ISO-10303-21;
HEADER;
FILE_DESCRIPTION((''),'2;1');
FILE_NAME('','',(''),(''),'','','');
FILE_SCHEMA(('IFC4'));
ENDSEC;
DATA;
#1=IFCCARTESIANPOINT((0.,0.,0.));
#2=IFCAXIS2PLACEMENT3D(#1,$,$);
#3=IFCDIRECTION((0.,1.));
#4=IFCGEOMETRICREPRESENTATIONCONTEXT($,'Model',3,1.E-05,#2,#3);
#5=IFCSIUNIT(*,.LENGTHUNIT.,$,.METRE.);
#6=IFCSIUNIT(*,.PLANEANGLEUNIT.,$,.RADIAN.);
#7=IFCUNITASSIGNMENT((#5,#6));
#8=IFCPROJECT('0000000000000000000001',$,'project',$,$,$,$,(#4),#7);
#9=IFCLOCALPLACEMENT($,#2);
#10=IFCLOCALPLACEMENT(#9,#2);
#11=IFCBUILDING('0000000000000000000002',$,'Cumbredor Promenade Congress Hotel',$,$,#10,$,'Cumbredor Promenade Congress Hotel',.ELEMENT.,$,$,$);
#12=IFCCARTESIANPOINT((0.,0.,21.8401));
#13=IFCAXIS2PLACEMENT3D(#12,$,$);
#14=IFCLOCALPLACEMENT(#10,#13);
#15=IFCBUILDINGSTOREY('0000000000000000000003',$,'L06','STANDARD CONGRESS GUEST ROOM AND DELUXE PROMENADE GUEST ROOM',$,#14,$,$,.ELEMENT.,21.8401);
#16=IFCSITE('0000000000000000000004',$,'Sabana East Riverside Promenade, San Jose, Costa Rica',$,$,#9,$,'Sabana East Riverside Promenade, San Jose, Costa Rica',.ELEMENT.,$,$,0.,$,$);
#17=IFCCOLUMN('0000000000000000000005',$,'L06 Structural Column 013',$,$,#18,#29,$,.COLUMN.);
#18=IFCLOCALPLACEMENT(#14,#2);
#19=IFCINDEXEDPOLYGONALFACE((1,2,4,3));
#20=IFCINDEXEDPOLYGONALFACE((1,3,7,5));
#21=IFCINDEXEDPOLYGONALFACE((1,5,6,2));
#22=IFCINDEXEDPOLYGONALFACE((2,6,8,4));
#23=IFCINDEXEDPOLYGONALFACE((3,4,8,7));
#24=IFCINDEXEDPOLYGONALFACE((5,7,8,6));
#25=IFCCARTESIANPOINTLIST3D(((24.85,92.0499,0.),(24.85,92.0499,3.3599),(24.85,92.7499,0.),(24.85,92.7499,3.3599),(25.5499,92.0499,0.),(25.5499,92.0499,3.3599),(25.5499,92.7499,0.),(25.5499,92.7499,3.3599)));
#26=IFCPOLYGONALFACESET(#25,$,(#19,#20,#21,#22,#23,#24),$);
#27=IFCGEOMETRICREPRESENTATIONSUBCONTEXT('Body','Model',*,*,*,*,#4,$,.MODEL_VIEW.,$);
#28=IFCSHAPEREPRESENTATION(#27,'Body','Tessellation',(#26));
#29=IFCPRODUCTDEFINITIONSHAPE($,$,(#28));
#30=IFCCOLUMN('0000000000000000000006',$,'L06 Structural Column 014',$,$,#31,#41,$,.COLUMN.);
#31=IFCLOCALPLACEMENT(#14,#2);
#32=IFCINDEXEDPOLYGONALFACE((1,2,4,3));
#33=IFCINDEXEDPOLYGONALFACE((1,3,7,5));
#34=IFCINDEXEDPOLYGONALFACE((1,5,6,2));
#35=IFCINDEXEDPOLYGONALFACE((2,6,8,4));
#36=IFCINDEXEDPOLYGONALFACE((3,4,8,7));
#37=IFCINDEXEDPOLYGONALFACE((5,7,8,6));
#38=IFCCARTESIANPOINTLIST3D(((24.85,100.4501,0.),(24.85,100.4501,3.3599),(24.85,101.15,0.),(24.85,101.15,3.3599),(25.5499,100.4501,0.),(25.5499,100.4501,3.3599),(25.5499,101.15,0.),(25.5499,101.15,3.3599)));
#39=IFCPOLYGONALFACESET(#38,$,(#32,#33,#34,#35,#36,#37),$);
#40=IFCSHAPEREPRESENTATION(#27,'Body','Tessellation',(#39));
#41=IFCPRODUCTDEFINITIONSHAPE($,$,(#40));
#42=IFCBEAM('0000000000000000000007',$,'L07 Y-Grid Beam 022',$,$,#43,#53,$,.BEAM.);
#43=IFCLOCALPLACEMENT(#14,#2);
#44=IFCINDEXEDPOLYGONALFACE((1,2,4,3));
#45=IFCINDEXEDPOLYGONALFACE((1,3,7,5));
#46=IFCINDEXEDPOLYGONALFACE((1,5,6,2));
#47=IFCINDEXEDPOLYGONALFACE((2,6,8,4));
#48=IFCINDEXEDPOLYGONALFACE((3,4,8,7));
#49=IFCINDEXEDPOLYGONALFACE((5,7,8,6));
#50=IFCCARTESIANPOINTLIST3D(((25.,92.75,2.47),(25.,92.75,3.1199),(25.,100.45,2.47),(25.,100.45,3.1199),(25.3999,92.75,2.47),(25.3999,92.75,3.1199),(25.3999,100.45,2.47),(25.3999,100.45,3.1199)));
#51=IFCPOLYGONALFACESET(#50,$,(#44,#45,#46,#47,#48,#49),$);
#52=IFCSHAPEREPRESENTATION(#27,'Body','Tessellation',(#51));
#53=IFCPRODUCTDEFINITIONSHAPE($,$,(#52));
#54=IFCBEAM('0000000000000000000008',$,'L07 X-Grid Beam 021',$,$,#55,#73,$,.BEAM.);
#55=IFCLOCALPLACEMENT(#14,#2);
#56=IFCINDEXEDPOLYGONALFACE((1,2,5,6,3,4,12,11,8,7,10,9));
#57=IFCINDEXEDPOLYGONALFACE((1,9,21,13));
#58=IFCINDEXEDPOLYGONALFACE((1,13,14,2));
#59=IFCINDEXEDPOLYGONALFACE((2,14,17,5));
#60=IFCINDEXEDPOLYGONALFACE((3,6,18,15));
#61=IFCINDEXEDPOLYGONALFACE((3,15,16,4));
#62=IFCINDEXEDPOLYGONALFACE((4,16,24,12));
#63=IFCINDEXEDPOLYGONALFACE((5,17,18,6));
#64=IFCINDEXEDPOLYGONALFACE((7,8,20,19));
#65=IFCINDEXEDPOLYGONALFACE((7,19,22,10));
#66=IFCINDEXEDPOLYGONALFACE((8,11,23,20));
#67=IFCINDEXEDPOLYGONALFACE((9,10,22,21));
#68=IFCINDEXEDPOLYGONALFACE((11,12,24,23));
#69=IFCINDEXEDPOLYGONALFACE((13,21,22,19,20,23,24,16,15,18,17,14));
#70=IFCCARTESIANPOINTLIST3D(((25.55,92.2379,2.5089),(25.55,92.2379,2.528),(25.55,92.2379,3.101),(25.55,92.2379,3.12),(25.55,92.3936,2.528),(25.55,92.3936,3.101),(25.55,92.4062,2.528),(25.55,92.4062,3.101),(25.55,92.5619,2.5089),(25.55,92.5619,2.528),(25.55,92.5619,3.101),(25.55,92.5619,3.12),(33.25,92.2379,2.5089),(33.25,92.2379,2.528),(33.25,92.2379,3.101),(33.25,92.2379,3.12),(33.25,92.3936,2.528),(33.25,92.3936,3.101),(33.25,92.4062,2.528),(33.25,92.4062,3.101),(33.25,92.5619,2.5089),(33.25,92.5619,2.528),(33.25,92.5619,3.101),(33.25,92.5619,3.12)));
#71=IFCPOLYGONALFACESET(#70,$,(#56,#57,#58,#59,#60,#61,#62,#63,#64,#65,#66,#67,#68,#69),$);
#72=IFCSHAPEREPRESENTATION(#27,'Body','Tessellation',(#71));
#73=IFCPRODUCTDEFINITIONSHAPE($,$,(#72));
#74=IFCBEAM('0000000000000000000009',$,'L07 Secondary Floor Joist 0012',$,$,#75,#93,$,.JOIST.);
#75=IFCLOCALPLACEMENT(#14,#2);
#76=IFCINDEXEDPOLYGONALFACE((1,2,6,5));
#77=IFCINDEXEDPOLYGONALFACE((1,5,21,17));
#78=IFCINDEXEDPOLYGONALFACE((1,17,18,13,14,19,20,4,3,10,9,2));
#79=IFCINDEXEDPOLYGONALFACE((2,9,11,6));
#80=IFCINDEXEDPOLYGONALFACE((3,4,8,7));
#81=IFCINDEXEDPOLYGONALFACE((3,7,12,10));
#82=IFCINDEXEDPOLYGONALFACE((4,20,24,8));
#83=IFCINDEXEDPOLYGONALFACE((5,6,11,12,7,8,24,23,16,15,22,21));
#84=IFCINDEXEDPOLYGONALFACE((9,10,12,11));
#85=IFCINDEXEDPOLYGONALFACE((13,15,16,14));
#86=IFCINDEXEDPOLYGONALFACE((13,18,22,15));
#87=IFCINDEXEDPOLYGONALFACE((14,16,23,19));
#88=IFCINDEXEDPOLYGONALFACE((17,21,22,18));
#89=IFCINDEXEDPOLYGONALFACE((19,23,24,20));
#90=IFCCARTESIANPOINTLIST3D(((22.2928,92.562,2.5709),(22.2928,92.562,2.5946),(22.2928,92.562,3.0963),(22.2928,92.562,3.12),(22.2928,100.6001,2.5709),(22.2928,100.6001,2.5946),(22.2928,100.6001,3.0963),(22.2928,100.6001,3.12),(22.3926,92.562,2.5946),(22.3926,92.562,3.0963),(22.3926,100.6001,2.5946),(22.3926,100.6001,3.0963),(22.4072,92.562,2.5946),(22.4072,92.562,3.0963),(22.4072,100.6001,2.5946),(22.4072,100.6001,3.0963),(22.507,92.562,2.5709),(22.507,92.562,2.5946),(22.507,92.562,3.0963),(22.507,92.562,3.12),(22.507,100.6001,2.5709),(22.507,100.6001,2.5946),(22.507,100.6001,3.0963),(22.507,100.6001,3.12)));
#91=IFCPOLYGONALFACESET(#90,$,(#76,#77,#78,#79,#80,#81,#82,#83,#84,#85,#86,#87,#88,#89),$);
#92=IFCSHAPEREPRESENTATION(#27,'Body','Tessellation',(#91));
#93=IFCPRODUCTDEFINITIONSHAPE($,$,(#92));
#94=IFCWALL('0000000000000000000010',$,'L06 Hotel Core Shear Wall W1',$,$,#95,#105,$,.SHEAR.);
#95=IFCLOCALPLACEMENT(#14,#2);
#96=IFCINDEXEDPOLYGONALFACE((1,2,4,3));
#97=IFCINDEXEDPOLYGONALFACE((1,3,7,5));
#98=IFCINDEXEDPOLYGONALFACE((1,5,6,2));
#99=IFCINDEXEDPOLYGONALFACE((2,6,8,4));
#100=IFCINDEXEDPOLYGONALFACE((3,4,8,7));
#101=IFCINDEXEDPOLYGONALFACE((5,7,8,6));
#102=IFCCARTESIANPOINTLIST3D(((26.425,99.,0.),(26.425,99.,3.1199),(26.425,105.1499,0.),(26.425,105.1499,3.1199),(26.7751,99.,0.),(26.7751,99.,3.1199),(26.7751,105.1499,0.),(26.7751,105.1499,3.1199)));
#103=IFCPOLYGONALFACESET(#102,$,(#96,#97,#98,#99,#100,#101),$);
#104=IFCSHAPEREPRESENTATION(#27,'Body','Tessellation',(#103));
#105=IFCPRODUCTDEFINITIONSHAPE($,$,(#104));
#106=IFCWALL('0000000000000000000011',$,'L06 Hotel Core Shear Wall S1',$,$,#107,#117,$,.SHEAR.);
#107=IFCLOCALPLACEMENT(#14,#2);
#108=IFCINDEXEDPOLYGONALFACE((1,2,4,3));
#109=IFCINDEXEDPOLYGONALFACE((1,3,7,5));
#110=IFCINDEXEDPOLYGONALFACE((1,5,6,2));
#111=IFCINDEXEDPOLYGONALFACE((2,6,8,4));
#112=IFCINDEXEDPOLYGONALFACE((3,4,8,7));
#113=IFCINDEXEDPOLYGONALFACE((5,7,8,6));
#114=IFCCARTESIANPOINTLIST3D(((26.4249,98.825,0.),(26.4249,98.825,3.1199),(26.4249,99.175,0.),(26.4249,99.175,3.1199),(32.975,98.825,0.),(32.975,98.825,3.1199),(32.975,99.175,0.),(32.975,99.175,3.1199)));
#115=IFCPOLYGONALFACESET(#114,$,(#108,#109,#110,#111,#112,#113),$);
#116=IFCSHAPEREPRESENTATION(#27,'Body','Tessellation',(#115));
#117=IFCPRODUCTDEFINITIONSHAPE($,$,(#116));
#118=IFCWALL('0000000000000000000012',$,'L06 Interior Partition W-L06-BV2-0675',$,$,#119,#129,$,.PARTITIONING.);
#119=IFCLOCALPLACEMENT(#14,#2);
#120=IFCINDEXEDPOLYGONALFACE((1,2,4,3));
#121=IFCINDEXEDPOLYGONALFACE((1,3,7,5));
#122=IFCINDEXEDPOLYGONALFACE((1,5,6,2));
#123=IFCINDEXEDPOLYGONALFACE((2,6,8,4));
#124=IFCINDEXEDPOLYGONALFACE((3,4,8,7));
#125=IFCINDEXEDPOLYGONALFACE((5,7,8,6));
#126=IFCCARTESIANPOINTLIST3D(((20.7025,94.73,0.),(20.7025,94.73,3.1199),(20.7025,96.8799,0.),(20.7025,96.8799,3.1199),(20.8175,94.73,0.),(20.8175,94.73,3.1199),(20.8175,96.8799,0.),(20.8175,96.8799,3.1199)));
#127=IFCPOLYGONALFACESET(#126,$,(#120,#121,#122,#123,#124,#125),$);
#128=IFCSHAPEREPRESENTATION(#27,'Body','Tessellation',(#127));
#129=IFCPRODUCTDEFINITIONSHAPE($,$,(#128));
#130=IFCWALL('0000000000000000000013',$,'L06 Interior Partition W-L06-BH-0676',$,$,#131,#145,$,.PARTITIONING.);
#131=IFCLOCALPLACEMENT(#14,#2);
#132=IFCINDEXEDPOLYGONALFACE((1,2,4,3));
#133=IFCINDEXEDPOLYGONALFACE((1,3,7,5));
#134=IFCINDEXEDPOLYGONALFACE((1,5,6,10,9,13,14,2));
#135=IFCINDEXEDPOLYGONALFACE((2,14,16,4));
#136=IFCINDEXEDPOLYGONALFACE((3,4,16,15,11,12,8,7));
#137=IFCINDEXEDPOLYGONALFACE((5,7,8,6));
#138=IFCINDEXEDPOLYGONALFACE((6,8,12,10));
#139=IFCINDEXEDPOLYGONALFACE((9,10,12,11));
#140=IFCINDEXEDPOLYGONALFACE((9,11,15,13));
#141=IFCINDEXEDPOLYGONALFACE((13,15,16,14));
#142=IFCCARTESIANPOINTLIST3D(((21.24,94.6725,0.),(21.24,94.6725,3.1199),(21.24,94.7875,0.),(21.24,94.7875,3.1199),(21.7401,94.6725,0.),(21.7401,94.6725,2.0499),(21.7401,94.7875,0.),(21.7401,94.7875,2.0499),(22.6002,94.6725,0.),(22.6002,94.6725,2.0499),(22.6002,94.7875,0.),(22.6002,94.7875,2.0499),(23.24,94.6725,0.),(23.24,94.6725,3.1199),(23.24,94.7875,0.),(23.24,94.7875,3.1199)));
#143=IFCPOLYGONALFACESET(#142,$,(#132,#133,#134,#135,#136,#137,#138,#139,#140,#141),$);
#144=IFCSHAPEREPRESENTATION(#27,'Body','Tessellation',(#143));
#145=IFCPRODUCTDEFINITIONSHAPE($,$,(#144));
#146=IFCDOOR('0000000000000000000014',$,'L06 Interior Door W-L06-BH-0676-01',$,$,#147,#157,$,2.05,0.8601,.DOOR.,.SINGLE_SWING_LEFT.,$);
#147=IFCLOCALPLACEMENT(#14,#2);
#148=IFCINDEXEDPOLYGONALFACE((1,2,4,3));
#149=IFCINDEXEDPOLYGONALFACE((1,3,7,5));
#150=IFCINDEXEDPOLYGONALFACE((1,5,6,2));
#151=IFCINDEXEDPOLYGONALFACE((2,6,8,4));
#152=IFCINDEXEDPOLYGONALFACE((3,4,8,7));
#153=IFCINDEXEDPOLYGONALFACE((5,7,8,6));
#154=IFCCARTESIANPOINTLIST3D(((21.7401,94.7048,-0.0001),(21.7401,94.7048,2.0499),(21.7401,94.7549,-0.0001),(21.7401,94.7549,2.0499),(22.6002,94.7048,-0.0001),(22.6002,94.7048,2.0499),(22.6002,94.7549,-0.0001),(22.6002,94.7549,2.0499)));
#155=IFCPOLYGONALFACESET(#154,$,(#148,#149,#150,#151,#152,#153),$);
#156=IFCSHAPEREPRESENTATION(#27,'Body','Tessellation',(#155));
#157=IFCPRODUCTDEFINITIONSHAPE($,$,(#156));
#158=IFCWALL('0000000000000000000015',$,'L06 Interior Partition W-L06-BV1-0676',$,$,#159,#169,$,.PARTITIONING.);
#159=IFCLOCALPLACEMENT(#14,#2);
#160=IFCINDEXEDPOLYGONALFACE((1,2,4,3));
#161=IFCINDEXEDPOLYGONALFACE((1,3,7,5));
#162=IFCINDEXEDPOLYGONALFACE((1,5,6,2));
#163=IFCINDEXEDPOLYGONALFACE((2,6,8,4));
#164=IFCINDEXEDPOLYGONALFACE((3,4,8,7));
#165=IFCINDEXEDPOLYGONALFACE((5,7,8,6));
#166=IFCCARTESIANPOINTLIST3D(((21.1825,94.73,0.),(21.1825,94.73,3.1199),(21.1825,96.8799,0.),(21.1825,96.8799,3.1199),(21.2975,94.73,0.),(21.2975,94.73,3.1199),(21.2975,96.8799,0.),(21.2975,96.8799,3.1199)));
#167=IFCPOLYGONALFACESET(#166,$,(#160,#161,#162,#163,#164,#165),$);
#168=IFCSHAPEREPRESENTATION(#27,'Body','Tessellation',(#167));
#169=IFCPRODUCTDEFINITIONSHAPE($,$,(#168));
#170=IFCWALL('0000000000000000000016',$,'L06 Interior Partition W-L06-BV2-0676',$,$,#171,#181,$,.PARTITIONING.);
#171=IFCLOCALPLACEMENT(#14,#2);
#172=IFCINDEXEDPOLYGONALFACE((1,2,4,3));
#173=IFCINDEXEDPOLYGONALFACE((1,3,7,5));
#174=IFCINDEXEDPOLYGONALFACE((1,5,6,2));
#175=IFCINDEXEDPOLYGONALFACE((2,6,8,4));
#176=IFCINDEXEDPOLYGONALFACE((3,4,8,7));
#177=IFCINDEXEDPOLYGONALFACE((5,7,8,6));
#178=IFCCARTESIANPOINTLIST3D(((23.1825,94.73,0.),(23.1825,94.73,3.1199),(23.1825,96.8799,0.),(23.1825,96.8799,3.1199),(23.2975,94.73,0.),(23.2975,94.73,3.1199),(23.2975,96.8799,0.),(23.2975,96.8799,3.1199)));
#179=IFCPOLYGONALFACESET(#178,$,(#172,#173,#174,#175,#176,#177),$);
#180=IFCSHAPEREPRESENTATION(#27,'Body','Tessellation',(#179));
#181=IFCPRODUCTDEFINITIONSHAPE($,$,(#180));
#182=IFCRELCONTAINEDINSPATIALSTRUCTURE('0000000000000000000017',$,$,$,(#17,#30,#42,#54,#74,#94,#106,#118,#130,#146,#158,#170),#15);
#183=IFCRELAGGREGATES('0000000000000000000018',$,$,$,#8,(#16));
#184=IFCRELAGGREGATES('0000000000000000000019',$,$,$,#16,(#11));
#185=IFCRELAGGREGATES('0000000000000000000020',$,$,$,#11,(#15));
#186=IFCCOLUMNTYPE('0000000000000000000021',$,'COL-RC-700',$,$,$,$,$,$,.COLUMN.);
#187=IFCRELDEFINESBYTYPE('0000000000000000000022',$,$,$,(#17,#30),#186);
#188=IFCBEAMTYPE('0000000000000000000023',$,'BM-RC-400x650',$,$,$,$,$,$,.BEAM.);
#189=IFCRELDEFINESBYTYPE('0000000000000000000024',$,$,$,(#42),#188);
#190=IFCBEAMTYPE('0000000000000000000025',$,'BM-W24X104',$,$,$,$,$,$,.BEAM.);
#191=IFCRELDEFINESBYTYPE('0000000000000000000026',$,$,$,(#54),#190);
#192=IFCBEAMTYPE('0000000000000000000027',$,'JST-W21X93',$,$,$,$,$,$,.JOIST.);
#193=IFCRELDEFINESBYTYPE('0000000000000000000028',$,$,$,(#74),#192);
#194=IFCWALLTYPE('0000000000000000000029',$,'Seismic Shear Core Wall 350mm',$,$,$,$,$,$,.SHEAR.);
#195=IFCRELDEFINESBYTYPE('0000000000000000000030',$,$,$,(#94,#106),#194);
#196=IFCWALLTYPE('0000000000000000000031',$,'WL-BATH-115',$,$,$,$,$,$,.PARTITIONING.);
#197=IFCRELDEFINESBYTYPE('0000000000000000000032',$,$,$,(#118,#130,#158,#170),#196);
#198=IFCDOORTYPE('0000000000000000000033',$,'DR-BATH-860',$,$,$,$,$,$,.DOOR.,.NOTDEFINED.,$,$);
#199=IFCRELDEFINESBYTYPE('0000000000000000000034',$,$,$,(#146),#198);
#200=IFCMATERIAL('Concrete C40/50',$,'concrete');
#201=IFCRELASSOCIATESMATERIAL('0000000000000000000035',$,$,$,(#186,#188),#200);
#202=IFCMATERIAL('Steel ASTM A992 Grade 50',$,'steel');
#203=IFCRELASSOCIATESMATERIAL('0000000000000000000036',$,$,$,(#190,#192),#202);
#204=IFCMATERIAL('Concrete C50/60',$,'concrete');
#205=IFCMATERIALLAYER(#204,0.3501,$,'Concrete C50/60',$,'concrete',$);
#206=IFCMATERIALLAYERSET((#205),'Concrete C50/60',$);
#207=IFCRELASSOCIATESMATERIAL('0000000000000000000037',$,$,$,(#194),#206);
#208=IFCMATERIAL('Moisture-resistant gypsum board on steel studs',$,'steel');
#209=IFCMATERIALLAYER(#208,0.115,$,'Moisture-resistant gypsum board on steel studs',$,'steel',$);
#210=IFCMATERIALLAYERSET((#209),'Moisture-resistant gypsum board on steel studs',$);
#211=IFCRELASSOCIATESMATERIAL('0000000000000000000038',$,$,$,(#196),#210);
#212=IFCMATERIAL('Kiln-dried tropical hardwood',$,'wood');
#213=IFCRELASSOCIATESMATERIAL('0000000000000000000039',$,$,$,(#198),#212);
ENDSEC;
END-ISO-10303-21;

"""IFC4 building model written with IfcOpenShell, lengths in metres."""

from ifc_helpers import new_model, si_unit, direction, frame, frame_2d, origin, origin_2d, place, context, subcontext, project, spatial, rectangle, i_section, extrude, material, layer, layer_set, material_profile, profile_set, type_object, element, fill, save


model = new_model("IFC4")

# Units and contexts
model_context = context("Model", 3, precision=1e-05, world=origin(), true_north=direction((0.0, 1.0)))
body_context = subcontext(model_context, "Body", "Model", "MODEL_VIEW")
ifc_project = project(units=[si_unit("LENGTHUNIT", "METRE"), si_unit("PLANEANGLEUNIT", "RADIAN")], contexts=[model_context])

# Site, building, storey
site_placement = place(None, origin())
site = spatial("IfcSite", under=ifc_project, at=site_placement, Name="Sabana East Riverside Promenade, San Jose, Costa Rica", LongName="Sabana East Riverside Promenade, San Jose, Costa Rica", CompositionType="ELEMENT", RefElevation=0.0)
building_placement = place(site_placement, origin())
building = spatial("IfcBuilding", under=site, at=building_placement, Name="Cumbredor Promenade Congress Hotel", LongName="Cumbredor Promenade Congress Hotel", CompositionType="ELEMENT")
storey_placement = place(building_placement, frame((0.0, 0.0, 21.8401)))
storey = spatial("IfcBuildingStorey", under=building, at=storey_placement, Name="L06", Description="STANDARD CONGRESS GUEST ROOM AND DELUXE PROMENADE GUEST ROOM", CompositionType="ELEMENT", Elevation=21.8401)

# Columns
ifc_material_1 = material(Name="Concrete C40/50", Category="concrete")
ifc_material_profile_1 = material_profile(ifc_material_1, rectangle(XDim=0.7, YDim=0.7, at=origin_2d()), Name="RC 700x700")
ifc_profile_set_1 = profile_set([ifc_material_profile_1], Name="Concrete C40/50")
column_type = type_object("IfcColumnType", Name="COL-RC-700", PredefinedType="COLUMN", material=ifc_profile_set_1)
for number, where, z_axis, x_axis, name in (
    (1, (25.2, 92.3999, 0.0), (0.0, 0.0, 1.0), (1.0, 0.0, 0.0), "L06 Structural Column 013"),
    (2, (25.2, 100.8, 0.0), (0.0, 0.0, 1.0), (1.0, 0.0, 0.0), "L06 Structural Column 014"),
):
    element("IfcColumn", number, at=place(storey_placement, frame(where, z_axis=z_axis, x_axis=x_axis)), inside=storey, type_object=column_type, Name=name, PredefinedType="COLUMN", context=body_context, shape_type="SweptSolid", body=[
        extrude(rectangle(XDim=0.7, YDim=0.7, at=origin_2d()), origin(), (0.0, 0.0, 1.0), 3.3599),
    ])

# Beams
ifc_material_profile_2 = material_profile(ifc_material_1, rectangle(XDim=0.3999, YDim=0.6499, at=origin_2d()), Name="RC BEAM 400x650")
ifc_profile_set_2 = profile_set([ifc_material_profile_2], Name="Concrete C40/50")
beam_type_1 = type_object("IfcBeamType", Name="BM-RC-400x650", PredefinedType="BEAM", material=ifc_profile_set_2)
beam_1_placement = place(storey_placement, frame((25.2, 92.75, 2.7949), z_axis=(0.0, 1.0, 0.0), x_axis=(-1.0, 0.0, 0.0)))
element("IfcBeam", 3, at=beam_1_placement, inside=storey, type_object=beam_type_1, Name="L07 Y-Grid Beam 022", PredefinedType="BEAM", context=body_context, shape_type="SweptSolid", body=[
    extrude(rectangle(XDim=0.3999, YDim=0.6499, at=origin_2d()), origin(), (0.0, 0.0, 1.0), 7.7),
])
ifc_material_2 = material(Name="Steel ASTM A992 Grade 50", Category="steel")
ifc_material_profile_3 = material_profile(ifc_material_2, i_section(OverallWidth=0.324, OverallDepth=0.6111, WebThickness=0.0127, FlangeThickness=0.019, at=origin_2d()), Name="W24X104")
ifc_profile_set_3 = profile_set([ifc_material_profile_3], Name="Steel ASTM A992 Grade 50")
beam_type_2 = type_object("IfcBeamType", Name="BM-W24X104", PredefinedType="BEAM", material=ifc_profile_set_3)
beam_2_placement = place(storey_placement, frame((25.55, 92.3999, 2.8145), z_axis=(1.0, 0.0, 0.0), x_axis=(0.0, 1.0, 0.0)))
element("IfcBeam", 4, at=beam_2_placement, inside=storey, type_object=beam_type_2, Name="L07 X-Grid Beam 021", PredefinedType="BEAM", context=body_context, shape_type="SweptSolid", body=[
    extrude(i_section(OverallWidth=0.324, OverallDepth=0.6111, WebThickness=0.0127, FlangeThickness=0.019, at=origin_2d()), origin(), (0.0, 0.0, 1.0), 7.7),
])
ifc_material_profile_4 = material_profile(ifc_material_2, i_section(OverallWidth=0.2141, OverallDepth=0.5491, WebThickness=0.0146, FlangeThickness=0.0237, at=origin_2d()), Name="W21X93")
ifc_profile_set_4 = profile_set([ifc_material_profile_4], Name="Steel ASTM A992 Grade 50")
beam_type_3 = type_object("IfcBeamType", Name="JST-W21X93", PredefinedType="JOIST", material=ifc_profile_set_4)
beam_3_placement = place(storey_placement, frame((22.3999, 92.562, 2.8455), z_axis=(0.0, 1.0, 0.0), x_axis=(-1.0, 0.0, 0.0)))
element("IfcBeam", 5, at=beam_3_placement, inside=storey, type_object=beam_type_3, Name="L07 Secondary Floor Joist 0012", PredefinedType="JOIST", context=body_context, shape_type="SweptSolid", body=[
    extrude(i_section(OverallWidth=0.2141, OverallDepth=0.5491, WebThickness=0.0146, FlangeThickness=0.0237, at=origin_2d()), origin(), (0.0, 0.0, 1.0), 8.0381),
])

# Walls
ifc_material_3 = material(Name="Concrete C50/60", Category="concrete")
ifc_layer_1 = layer(ifc_material_3, 0.3501, Name="Concrete C50/60", Category="concrete")
ifc_layer_set_1 = layer_set([ifc_layer_1], Name="Concrete C50/60")
wall_type_1 = type_object("IfcWallType", Name="Seismic Shear Core Wall 350mm", PredefinedType="SHEAR", material=ifc_layer_set_1)
wall_1_placement = place(storey_placement, frame((26.6001, 99.0, 0.0), z_axis=(0.0, 0.0, 1.0), x_axis=(0.0, 1.0, 0.0)))
element("IfcWall", 6, at=wall_1_placement, inside=storey, type_object=wall_type_1, Name="L06 Hotel Core Shear Wall W1", PredefinedType="SHEAR", context=body_context, shape_type="SweptSolid", body=[
    extrude(rectangle(XDim=6.1499, YDim=0.3501, at=frame_2d((3.075, 0.0))), origin(), (0.0, 0.0, 1.0), 3.1199),
])
wall_2_placement = place(storey_placement, frame((26.425, 99.0, 0.0), z_axis=(0.0, 0.0, 1.0), x_axis=(1.0, 0.0, 0.0)))
element("IfcWall", 7, at=wall_2_placement, inside=storey, type_object=wall_type_1, Name="L06 Hotel Core Shear Wall S1", PredefinedType="SHEAR", context=body_context, shape_type="SweptSolid", body=[
    extrude(rectangle(XDim=6.55, YDim=0.3501, at=frame_2d((3.2749, 0.0))), origin(), (0.0, 0.0, 1.0), 3.1199),
])
ifc_material_4 = material(Name="Moisture-resistant gypsum board on steel studs", Category="steel")
ifc_layer_2 = layer(ifc_material_4, 0.115, Name="Moisture-resistant gypsum board on steel studs", Category="steel")
ifc_layer_set_2 = layer_set([ifc_layer_2], Name="Moisture-resistant gypsum board on steel studs")
wall_type_2 = type_object("IfcWallType", Name="WL-BATH-115", PredefinedType="PARTITIONING", material=ifc_layer_set_2)
wall_3_placement = place(storey_placement, frame((20.76, 94.73, 0.0), z_axis=(0.0, 0.0, 1.0), x_axis=(0.0, 1.0, 0.0)))
element("IfcWall", 8, at=wall_3_placement, inside=storey, type_object=wall_type_2, Name="L06 Interior Partition W-L06-BV2-0675", PredefinedType="PARTITIONING", context=body_context, shape_type="SweptSolid", body=[
    extrude(rectangle(XDim=2.1499, YDim=0.115, at=frame_2d((1.075, 0.0))), origin(), (0.0, 0.0, 1.0), 3.1199),
])

# Wall, opening, door
wall_4_placement = place(storey_placement, frame((21.24, 94.73, 0.0), z_axis=(0.0, 0.0, 1.0), x_axis=(1.0, 0.0, 0.0)))
wall_4 = element("IfcWall", 9, at=wall_4_placement, inside=storey, type_object=wall_type_2, Name="L06 Interior Partition W-L06-BH-0676", PredefinedType="PARTITIONING", context=body_context, shape_type="SweptSolid", body=[
    extrude(rectangle(XDim=2.0, YDim=0.115, at=frame_2d((1.0, 0.0))), origin(), (0.0, 0.0, 1.0), 3.1199),
])
opening_1_placement = place(wall_4_placement, frame((0.5, 0.0, 0.0)))
opening_1 = element("IfcOpeningElement", 10, at=opening_1_placement, cuts=wall_4, PredefinedType="OPENING", context=body_context, shape_type="SweptSolid", body=[
    extrude(rectangle(XDim=0.8601, YDim=2.05, at=frame_2d((0.4302, 1.0249))), frame((0.0, 0.0674, 0.0), z_axis=(0.0, -1.0, 0.0), x_axis=(1.0, 0.0, 0.0)), (0.0, 0.0, 1.0), 0.135),
])
ifc_material_5 = material(Name="Kiln-dried tropical hardwood", Category="wood")
door_type = type_object("IfcDoorType", Name="DR-BATH-860", OperationType="NOTDEFINED", PredefinedType="DOOR", material=ifc_material_5)
door_1_placement = place(opening_1_placement, origin())
door_1 = element("IfcDoor", 11, at=door_1_placement, inside=storey, type_object=door_type, Name="L06 Interior Door W-L06-BH-0676-01", OperationType="SINGLE_SWING_LEFT", OverallHeight=2.05, OverallWidth=0.8601, PredefinedType="DOOR", context=body_context, shape_type="SweptSolid", body=[
    extrude(rectangle(XDim=0.8601, YDim=2.05, at=frame_2d((0.4302, 1.0249))), frame((0.0, 0.0249, 0.0), z_axis=(0.0, -1.0, 0.0), x_axis=(1.0, 0.0, 0.0)), (0.0, 0.0, 1.0), 0.05),
])
fill(opening_1, door_1)

# Walls
for number, where, z_axis, x_axis, name in (
    (12, (21.24, 94.73, 0.0), (0.0, 0.0, 1.0), (0.0, 1.0, 0.0), "L06 Interior Partition W-L06-BV1-0676"),
    (13, (23.24, 94.73, 0.0), (0.0, 0.0, 1.0), (0.0, 1.0, 0.0), "L06 Interior Partition W-L06-BV2-0676"),
):
    element("IfcWall", number, at=place(storey_placement, frame(where, z_axis=z_axis, x_axis=x_axis)), inside=storey, type_object=wall_type_2, Name=name, PredefinedType="PARTITIONING", context=body_context, shape_type="SweptSolid", body=[
        extrude(rectangle(XDim=2.1499, YDim=0.115, at=frame_2d((1.075, 0.0))), origin(), (0.0, 0.0, 1.0), 3.1199),
    ])

save(model, "model.ifc")
